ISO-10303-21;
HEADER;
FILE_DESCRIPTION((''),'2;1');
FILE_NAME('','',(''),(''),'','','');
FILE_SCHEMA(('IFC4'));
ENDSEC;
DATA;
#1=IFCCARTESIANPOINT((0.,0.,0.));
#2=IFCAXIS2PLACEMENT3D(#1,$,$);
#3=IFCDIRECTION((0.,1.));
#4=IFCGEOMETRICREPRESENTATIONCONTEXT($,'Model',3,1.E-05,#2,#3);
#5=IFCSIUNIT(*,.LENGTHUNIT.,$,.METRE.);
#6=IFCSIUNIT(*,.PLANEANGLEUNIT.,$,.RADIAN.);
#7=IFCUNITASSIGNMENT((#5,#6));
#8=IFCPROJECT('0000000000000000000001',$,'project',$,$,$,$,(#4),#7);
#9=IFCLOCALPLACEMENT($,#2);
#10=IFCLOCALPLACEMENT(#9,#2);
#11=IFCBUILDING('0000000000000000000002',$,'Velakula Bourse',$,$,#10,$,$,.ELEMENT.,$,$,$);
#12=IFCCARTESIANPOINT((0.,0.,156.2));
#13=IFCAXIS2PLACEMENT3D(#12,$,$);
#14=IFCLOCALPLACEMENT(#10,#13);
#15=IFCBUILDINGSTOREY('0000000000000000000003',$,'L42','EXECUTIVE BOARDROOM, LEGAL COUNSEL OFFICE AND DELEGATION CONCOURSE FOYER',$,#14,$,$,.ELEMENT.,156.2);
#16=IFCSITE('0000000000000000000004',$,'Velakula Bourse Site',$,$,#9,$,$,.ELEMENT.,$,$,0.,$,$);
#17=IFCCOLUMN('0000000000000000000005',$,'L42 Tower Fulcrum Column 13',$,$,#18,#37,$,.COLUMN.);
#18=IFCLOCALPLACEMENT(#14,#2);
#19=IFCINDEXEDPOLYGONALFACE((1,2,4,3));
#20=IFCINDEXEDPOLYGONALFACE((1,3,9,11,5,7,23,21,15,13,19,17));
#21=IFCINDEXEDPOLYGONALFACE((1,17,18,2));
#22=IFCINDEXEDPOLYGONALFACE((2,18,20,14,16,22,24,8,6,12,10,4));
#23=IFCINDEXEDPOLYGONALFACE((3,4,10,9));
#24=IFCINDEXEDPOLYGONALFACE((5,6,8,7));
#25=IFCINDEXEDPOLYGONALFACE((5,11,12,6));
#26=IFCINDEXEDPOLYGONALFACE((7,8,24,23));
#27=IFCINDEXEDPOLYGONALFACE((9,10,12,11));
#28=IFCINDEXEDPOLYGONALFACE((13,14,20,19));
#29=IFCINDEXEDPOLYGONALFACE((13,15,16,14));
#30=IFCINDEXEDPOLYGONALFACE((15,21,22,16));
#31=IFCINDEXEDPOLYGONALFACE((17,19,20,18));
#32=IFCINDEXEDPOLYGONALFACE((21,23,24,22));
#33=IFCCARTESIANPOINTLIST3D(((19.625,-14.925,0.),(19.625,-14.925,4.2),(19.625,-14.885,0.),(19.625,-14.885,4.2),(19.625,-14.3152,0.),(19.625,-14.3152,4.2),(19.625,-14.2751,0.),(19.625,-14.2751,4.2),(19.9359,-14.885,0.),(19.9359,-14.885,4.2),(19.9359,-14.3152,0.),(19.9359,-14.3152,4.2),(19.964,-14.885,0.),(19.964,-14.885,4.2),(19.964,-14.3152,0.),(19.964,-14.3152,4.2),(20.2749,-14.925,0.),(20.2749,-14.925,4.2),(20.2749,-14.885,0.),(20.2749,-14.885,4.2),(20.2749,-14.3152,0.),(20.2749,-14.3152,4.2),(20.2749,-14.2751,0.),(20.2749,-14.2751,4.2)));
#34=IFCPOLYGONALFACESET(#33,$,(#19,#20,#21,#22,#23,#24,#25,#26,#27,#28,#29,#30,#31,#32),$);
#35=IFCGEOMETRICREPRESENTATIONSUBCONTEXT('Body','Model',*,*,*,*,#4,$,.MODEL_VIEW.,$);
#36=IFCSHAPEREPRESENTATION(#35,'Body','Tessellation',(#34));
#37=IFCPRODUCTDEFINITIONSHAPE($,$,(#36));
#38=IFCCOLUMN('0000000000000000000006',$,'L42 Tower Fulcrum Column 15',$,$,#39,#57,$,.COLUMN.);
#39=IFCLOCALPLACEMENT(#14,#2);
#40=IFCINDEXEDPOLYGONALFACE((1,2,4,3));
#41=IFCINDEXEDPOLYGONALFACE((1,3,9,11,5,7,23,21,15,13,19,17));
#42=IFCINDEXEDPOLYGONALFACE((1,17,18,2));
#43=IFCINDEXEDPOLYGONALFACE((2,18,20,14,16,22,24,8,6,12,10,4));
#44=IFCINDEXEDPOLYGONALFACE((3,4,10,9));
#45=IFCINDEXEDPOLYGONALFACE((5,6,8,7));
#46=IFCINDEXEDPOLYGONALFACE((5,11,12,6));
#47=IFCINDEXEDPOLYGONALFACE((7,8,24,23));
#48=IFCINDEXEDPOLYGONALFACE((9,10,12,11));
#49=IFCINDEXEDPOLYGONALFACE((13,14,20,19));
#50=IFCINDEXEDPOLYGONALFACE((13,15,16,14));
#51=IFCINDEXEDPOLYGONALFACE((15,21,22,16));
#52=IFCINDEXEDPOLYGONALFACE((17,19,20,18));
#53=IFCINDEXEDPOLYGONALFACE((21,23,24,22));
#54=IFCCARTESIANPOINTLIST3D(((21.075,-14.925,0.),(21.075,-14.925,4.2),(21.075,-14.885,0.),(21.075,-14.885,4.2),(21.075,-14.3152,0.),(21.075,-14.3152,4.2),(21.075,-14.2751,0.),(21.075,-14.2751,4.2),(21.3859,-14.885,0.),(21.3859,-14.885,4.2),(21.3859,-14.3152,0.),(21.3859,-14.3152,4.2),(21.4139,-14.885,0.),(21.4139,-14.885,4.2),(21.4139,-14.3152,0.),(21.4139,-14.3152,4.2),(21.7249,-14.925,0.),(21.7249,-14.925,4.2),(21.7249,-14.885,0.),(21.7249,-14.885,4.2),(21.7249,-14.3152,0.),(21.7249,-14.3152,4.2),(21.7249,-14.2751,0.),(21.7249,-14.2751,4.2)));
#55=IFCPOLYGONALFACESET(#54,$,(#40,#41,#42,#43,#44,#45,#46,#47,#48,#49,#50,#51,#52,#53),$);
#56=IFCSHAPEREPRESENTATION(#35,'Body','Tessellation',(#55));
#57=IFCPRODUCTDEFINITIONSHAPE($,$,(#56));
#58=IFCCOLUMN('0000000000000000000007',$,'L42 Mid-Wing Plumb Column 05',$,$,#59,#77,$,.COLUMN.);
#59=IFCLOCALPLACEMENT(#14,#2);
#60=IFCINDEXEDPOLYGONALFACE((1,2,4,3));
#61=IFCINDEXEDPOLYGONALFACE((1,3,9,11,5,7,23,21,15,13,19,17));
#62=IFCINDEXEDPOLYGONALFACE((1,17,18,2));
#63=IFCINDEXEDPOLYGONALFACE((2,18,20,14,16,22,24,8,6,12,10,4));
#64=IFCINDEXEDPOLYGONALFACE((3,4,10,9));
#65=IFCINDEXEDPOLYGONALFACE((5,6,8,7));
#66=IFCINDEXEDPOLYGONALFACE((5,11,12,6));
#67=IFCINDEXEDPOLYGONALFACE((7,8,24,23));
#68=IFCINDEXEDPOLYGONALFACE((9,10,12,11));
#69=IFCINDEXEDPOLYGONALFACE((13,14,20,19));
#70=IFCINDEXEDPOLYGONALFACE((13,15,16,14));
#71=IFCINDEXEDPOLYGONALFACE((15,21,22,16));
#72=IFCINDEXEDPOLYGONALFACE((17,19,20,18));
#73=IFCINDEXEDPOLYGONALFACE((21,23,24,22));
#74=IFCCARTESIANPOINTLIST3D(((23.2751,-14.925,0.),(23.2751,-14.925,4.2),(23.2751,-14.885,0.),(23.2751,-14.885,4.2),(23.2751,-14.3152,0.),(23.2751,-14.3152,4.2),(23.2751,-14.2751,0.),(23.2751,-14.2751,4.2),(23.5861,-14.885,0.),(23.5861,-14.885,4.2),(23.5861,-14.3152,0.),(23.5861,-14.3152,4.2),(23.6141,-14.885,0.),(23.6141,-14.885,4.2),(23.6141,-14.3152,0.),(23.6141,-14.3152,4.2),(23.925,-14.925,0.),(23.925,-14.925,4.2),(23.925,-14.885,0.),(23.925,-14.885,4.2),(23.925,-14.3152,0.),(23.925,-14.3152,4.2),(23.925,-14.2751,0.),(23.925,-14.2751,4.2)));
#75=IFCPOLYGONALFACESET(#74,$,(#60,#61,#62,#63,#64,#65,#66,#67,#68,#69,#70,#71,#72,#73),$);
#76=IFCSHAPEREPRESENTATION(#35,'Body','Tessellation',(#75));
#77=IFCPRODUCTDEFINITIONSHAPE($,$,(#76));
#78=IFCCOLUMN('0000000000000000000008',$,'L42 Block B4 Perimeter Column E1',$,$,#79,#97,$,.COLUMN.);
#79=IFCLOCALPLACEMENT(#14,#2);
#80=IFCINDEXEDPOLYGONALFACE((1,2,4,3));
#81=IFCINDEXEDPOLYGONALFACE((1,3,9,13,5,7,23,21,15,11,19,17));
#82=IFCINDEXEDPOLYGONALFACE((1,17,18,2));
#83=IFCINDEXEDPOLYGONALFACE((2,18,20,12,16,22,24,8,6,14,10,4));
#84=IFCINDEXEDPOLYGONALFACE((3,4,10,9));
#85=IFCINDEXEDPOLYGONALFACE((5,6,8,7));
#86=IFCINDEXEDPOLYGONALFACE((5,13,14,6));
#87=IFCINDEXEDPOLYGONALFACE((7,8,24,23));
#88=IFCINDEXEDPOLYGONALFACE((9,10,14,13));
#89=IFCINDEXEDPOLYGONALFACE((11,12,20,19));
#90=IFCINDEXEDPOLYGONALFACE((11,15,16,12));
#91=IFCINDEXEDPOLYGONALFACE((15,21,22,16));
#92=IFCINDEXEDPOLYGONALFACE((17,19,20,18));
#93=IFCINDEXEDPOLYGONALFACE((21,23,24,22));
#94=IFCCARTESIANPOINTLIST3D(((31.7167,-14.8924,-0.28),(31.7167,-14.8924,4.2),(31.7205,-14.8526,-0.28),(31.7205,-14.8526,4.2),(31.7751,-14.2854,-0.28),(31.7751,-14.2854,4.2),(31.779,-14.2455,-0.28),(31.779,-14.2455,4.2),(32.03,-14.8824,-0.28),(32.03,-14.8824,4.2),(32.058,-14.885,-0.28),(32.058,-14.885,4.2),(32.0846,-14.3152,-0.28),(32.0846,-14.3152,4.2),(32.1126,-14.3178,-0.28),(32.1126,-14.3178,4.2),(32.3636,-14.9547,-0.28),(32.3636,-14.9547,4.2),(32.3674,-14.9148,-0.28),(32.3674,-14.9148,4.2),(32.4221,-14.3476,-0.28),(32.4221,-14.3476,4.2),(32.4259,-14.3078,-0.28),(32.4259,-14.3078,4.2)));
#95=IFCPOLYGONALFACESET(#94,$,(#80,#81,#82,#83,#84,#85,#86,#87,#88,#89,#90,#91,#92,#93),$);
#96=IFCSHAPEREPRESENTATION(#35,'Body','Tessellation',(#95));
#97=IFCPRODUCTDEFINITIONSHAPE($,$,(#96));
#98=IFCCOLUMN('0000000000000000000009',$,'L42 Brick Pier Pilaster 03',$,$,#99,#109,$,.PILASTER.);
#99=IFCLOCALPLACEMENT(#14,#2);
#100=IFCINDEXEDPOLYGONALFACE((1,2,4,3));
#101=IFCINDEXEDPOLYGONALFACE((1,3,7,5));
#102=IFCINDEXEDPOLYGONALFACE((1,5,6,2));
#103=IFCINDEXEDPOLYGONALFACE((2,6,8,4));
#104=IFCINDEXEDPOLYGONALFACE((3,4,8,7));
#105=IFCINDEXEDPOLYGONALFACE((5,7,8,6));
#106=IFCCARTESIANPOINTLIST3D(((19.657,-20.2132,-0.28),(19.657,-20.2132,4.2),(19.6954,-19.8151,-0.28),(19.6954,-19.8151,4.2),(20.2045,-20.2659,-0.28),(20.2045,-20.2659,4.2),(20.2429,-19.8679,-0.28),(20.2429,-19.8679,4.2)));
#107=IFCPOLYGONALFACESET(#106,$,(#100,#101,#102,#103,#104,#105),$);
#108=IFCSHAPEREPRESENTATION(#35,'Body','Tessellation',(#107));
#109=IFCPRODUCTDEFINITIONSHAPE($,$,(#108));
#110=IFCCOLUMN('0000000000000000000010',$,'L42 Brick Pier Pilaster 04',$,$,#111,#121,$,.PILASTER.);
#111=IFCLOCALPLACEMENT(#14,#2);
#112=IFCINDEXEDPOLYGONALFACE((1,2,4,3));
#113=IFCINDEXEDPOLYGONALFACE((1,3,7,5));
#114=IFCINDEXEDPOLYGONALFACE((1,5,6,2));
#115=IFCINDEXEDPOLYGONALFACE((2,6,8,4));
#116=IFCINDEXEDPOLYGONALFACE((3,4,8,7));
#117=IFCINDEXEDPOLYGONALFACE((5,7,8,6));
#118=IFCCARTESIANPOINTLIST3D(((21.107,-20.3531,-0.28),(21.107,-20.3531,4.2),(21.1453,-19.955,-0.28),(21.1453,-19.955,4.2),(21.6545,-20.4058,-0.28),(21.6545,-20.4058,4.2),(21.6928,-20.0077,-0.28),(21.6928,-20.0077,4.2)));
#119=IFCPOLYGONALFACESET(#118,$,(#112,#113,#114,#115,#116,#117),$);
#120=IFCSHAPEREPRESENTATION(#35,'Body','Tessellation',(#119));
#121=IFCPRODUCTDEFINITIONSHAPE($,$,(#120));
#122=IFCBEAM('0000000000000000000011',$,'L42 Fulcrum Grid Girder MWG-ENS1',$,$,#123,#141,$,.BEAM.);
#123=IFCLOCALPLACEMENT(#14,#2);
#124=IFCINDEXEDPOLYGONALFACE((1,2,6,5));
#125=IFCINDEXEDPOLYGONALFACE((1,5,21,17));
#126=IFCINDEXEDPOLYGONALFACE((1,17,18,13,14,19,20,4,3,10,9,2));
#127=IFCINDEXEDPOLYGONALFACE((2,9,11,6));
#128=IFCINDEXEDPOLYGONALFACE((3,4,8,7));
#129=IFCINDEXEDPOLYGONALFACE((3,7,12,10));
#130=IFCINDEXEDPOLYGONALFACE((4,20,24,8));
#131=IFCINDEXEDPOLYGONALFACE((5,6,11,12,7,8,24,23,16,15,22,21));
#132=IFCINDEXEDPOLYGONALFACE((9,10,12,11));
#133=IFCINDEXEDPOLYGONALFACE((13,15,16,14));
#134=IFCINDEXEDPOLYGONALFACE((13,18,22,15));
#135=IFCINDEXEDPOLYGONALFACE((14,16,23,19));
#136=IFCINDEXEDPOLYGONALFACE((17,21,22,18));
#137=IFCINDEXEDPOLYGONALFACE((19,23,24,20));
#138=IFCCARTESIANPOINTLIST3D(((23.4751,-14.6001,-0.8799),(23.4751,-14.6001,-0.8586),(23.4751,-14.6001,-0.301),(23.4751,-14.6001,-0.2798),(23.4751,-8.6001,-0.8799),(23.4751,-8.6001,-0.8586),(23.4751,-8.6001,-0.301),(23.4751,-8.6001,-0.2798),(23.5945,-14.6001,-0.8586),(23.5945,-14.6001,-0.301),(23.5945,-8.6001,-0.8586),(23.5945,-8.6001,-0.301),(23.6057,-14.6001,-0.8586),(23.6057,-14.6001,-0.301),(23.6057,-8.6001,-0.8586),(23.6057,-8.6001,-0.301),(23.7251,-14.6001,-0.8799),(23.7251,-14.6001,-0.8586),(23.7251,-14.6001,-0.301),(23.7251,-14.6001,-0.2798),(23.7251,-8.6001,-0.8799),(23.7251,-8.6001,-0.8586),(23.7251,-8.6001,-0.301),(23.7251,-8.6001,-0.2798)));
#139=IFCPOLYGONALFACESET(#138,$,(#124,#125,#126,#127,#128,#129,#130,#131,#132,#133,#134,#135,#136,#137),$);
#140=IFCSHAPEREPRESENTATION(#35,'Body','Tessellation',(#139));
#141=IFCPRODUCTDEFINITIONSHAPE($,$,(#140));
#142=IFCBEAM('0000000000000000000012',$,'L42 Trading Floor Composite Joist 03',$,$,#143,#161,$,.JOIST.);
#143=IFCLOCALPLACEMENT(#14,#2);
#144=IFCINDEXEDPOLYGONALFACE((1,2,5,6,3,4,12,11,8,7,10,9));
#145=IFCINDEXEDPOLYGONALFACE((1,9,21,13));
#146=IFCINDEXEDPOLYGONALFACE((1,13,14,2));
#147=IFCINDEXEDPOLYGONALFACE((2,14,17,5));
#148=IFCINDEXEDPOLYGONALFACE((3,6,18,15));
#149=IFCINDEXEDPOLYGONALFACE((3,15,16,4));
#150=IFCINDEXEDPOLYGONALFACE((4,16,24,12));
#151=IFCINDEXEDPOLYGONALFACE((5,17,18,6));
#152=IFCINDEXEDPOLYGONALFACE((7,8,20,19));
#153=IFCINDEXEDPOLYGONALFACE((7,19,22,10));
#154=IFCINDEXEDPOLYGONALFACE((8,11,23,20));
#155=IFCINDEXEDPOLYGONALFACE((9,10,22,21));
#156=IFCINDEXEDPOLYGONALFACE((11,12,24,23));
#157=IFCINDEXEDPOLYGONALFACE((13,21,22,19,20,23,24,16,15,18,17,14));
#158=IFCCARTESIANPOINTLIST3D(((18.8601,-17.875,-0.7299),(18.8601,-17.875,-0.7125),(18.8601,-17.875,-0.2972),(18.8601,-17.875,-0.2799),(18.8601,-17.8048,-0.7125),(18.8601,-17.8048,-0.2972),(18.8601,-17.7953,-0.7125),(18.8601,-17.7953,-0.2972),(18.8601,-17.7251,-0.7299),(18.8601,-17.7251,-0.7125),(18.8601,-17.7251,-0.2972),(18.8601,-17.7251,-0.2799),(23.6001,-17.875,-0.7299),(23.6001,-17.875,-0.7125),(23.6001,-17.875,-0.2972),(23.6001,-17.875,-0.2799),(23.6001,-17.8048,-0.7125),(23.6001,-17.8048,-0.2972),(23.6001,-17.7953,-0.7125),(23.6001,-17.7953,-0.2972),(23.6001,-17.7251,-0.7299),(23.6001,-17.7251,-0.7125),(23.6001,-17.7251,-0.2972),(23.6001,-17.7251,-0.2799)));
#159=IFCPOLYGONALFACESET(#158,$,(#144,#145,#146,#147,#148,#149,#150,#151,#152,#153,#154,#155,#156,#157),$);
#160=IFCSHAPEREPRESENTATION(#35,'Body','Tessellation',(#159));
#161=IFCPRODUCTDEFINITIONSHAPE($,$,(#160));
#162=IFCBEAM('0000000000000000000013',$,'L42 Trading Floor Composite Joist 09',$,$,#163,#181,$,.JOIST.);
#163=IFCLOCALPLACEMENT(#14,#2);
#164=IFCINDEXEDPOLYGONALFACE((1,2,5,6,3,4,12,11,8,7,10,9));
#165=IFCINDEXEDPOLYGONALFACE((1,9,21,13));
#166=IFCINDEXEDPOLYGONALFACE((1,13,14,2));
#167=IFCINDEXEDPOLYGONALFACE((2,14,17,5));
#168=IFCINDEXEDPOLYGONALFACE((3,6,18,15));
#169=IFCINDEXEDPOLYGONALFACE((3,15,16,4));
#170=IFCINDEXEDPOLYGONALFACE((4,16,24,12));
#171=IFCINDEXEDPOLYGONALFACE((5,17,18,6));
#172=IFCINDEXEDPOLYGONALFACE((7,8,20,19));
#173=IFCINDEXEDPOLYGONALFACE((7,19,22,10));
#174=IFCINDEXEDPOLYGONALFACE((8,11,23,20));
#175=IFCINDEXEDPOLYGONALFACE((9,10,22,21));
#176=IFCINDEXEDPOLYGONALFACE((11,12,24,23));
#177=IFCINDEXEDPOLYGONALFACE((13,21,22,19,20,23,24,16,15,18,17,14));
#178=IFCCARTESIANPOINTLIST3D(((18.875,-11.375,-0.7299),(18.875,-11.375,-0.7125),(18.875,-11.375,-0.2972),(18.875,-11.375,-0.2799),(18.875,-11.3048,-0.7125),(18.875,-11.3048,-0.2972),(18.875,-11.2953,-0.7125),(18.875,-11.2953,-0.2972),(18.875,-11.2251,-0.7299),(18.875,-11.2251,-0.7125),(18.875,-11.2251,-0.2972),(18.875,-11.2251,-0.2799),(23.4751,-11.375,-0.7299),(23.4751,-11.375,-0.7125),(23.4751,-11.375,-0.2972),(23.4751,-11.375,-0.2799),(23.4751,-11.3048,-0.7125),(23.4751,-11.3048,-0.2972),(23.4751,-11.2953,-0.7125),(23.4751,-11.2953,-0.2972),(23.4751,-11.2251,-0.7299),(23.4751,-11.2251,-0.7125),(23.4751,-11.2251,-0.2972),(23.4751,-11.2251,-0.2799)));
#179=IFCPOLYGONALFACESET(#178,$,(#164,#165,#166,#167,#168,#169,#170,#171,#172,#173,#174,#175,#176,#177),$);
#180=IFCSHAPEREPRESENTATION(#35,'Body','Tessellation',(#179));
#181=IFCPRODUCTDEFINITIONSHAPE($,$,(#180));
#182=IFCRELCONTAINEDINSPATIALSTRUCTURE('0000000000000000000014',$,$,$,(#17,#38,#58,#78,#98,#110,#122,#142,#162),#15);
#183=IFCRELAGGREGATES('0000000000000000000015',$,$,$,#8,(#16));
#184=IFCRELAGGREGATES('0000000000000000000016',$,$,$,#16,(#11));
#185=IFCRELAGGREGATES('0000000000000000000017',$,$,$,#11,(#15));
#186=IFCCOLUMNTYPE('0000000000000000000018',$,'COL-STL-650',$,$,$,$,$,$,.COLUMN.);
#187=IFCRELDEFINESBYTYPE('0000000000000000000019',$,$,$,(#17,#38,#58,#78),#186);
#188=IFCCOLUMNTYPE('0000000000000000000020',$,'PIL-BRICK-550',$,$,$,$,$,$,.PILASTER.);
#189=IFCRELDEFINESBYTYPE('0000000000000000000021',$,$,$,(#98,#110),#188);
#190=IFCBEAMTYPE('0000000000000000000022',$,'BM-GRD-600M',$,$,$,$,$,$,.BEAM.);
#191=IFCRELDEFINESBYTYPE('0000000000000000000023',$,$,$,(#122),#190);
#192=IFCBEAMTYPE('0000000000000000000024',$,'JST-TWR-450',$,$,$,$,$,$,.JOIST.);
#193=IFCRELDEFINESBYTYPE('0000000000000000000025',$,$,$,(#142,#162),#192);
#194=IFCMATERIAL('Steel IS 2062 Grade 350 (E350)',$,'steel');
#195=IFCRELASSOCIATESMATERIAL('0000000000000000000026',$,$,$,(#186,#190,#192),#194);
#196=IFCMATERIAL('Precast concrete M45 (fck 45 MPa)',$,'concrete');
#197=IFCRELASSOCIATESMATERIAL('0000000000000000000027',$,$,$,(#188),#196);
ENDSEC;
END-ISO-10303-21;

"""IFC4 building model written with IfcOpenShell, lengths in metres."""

from ifc_helpers import new_model, si_unit, direction, frame, origin, origin_2d, place, context, subcontext, project, spatial, rectangle, i_section, extrude, material, material_profile, profile_set, type_object, element, save


model = new_model("IFC4")

# Units and contexts
model_context = context("Model", 3, precision=1e-05, world=origin(), true_north=direction((0.0, 1.0)))
body_context = subcontext(model_context, "Body", "Model", "MODEL_VIEW")
ifc_project = project(units=[si_unit("LENGTHUNIT", "METRE"), si_unit("PLANEANGLEUNIT", "RADIAN")], contexts=[model_context])

# Site, building, storey
site_placement = place(None, origin())
site = spatial("IfcSite", under=ifc_project, at=site_placement, Name="Velakula Bourse Site", CompositionType="ELEMENT", RefElevation=0.0)
building_placement = place(site_placement, origin())
building = spatial("IfcBuilding", under=site, at=building_placement, Name="Velakula Bourse", CompositionType="ELEMENT")
storey_placement = place(building_placement, frame((0.0, 0.0, 156.2)))
storey = spatial("IfcBuildingStorey", under=building, at=storey_placement, Name="L42", Description="EXECUTIVE BOARDROOM, LEGAL COUNSEL OFFICE AND DELEGATION CONCOURSE FOYER", CompositionType="ELEMENT", Elevation=156.2)

# Columns
ifc_material_1 = material(Name="Steel IS 2062 Grade 350 (E350)", Category="steel")
ifc_material_profile_1 = material_profile(ifc_material_1, i_section(OverallWidth=0.6499, OverallDepth=0.6499, WebThickness=0.0281, FlangeThickness=0.04, at=origin_2d()), Name="Steel IS 2062 Grade 350 (E350)")
ifc_profile_set_1 = profile_set([ifc_material_profile_1], Name="Steel IS 2062 Grade 350 (E350)")
column_type_1 = type_object("IfcColumnType", Name="COL-STL-650", PredefinedType="COLUMN", material=ifc_profile_set_1)
for number, where, z_axis, x_axis, name in (
    (1, (19.95, -14.6001, 0.0), (0.0, 0.0, 1.0), (1.0, 0.0, 0.0), "L42 Tower Fulcrum Column 13"),
    (2, (21.3999, -14.6001, 0.0), (0.0, 0.0, 1.0), (1.0, 0.0, 0.0), "L42 Tower Fulcrum Column 15"),
    (3, (23.6001, -14.6001, 0.0), (0.0, 0.0, 1.0), (1.0, 0.0, 0.0), "L42 Mid-Wing Plumb Column 05"),
):
    element("IfcColumn", number, at=place(storey_placement, frame(where, z_axis=z_axis, x_axis=x_axis)), inside=storey, type_object=column_type_1, Name=name, PredefinedType="COLUMN", context=body_context, shape_type="SweptSolid", body=[
        extrude(i_section(OverallWidth=0.6499, OverallDepth=0.6499, WebThickness=0.0281, FlangeThickness=0.04, at=origin_2d()), origin(), (0.0, 0.0, 1.0), 4.2),
    ])
column_placement = place(storey_placement, frame((32.0713, -14.6001, -0.28), z_axis=(0.0, 0.0, 1.0), x_axis=(0.995396, -0.095846, 0.0)))
element("IfcColumn", 4, at=column_placement, inside=storey, type_object=column_type_1, Name="L42 Block B4 Perimeter Column E1", PredefinedType="COLUMN", context=body_context, shape_type="SweptSolid", body=[
    extrude(i_section(OverallWidth=0.6499, OverallDepth=0.6499, WebThickness=0.0281, FlangeThickness=0.04, at=origin_2d()), origin(), (0.0, 0.0, 1.0), 4.48),
])
ifc_material_2 = material(Name="Precast concrete M45 (fck 45 MPa)", Category="concrete")
ifc_material_profile_2 = material_profile(ifc_material_2, rectangle(XDim=0.55, YDim=0.3999, at=origin_2d()), Name="Precast concrete M45 (fck 45 MPa)")
ifc_profile_set_2 = profile_set([ifc_material_profile_2], Name="Precast concrete M45 (fck 45 MPa)")
column_type_2 = type_object("IfcColumnType", Name="PIL-BRICK-550", PredefinedType="PILASTER", material=ifc_profile_set_2)
for number, where, z_axis, x_axis, name in (
    (5, (19.95, -20.0405, -0.28), (0.0, 0.0, 1.0), (0.995396, -0.095846, 0.0), "L42 Brick Pier Pilaster 03"),
    (6, (21.3999, -20.1804, -0.28), (0.0, 0.0, 1.0), (0.995396, -0.095846, 0.0), "L42 Brick Pier Pilaster 04"),
):
    element("IfcColumn", number, at=place(storey_placement, frame(where, z_axis=z_axis, x_axis=x_axis)), inside=storey, type_object=column_type_2, Name=name, PredefinedType="PILASTER", context=body_context, shape_type="SweptSolid", body=[
        extrude(rectangle(XDim=0.55, YDim=0.3999, at=origin_2d()), origin(), (0.0, 0.0, 1.0), 4.48),
    ])

# Beams
ifc_material_profile_3 = material_profile(ifc_material_1, i_section(OverallWidth=0.25, OverallDepth=0.6001, WebThickness=0.0112, FlangeThickness=0.0212, at=origin_2d()), Name="Steel IS 2062 Grade 350 (E350)")
ifc_profile_set_3 = profile_set([ifc_material_profile_3], Name="Steel IS 2062 Grade 350 (E350)")
beam_type_1 = type_object("IfcBeamType", Name="BM-GRD-600M", PredefinedType="BEAM", material=ifc_profile_set_3)
beam_1_placement = place(storey_placement, frame((23.6001, -14.6001, -0.5798), z_axis=(0.0, 1.0, 0.0), x_axis=(-1.0, 0.0, 0.0)))
element("IfcBeam", 7, at=beam_1_placement, inside=storey, type_object=beam_type_1, Name="L42 Fulcrum Grid Girder MWG-ENS1", PredefinedType="BEAM", context=body_context, shape_type="SweptSolid", body=[
    extrude(i_section(OverallWidth=0.25, OverallDepth=0.6001, WebThickness=0.0112, FlangeThickness=0.0212, at=origin_2d()), origin(), (0.0, 0.0, 1.0), 6.0),
])
ifc_material_profile_4 = material_profile(ifc_material_1, i_section(OverallWidth=0.1499, OverallDepth=0.45, WebThickness=0.0095, FlangeThickness=0.0173, at=origin_2d()), Name="Steel IS 2062 Grade 350 (E350)")
ifc_profile_set_4 = profile_set([ifc_material_profile_4], Name="Steel IS 2062 Grade 350 (E350)")
beam_type_2 = type_object("IfcBeamType", Name="JST-TWR-450", PredefinedType="JOIST", material=ifc_profile_set_4)
beam_2_placement = place(storey_placement, frame((18.8601, -17.8, -0.5049), z_axis=(1.0, 0.0, 0.0), x_axis=(0.0, 1.0, 0.0)))
element("IfcBeam", 8, at=beam_2_placement, inside=storey, type_object=beam_type_2, Name="L42 Trading Floor Composite Joist 03", PredefinedType="JOIST", context=body_context, shape_type="SweptSolid", body=[
    extrude(i_section(OverallWidth=0.1499, OverallDepth=0.45, WebThickness=0.0095, FlangeThickness=0.0173, at=origin_2d()), origin(), (0.0, 0.0, 1.0), 4.74),
])
beam_3_placement = place(storey_placement, frame((18.875, -11.3, -0.5049), z_axis=(1.0, 0.0, 0.0), x_axis=(0.0, 1.0, 0.0)))
element("IfcBeam", 9, at=beam_3_placement, inside=storey, type_object=beam_type_2, Name="L42 Trading Floor Composite Joist 09", PredefinedType="JOIST", context=body_context, shape_type="SweptSolid", body=[
    extrude(i_section(OverallWidth=0.1499, OverallDepth=0.45, WebThickness=0.0095, FlangeThickness=0.0173, at=origin_2d()), origin(), (0.0, 0.0, 1.0), 4.6001),
])

save(model, "model.ifc")
